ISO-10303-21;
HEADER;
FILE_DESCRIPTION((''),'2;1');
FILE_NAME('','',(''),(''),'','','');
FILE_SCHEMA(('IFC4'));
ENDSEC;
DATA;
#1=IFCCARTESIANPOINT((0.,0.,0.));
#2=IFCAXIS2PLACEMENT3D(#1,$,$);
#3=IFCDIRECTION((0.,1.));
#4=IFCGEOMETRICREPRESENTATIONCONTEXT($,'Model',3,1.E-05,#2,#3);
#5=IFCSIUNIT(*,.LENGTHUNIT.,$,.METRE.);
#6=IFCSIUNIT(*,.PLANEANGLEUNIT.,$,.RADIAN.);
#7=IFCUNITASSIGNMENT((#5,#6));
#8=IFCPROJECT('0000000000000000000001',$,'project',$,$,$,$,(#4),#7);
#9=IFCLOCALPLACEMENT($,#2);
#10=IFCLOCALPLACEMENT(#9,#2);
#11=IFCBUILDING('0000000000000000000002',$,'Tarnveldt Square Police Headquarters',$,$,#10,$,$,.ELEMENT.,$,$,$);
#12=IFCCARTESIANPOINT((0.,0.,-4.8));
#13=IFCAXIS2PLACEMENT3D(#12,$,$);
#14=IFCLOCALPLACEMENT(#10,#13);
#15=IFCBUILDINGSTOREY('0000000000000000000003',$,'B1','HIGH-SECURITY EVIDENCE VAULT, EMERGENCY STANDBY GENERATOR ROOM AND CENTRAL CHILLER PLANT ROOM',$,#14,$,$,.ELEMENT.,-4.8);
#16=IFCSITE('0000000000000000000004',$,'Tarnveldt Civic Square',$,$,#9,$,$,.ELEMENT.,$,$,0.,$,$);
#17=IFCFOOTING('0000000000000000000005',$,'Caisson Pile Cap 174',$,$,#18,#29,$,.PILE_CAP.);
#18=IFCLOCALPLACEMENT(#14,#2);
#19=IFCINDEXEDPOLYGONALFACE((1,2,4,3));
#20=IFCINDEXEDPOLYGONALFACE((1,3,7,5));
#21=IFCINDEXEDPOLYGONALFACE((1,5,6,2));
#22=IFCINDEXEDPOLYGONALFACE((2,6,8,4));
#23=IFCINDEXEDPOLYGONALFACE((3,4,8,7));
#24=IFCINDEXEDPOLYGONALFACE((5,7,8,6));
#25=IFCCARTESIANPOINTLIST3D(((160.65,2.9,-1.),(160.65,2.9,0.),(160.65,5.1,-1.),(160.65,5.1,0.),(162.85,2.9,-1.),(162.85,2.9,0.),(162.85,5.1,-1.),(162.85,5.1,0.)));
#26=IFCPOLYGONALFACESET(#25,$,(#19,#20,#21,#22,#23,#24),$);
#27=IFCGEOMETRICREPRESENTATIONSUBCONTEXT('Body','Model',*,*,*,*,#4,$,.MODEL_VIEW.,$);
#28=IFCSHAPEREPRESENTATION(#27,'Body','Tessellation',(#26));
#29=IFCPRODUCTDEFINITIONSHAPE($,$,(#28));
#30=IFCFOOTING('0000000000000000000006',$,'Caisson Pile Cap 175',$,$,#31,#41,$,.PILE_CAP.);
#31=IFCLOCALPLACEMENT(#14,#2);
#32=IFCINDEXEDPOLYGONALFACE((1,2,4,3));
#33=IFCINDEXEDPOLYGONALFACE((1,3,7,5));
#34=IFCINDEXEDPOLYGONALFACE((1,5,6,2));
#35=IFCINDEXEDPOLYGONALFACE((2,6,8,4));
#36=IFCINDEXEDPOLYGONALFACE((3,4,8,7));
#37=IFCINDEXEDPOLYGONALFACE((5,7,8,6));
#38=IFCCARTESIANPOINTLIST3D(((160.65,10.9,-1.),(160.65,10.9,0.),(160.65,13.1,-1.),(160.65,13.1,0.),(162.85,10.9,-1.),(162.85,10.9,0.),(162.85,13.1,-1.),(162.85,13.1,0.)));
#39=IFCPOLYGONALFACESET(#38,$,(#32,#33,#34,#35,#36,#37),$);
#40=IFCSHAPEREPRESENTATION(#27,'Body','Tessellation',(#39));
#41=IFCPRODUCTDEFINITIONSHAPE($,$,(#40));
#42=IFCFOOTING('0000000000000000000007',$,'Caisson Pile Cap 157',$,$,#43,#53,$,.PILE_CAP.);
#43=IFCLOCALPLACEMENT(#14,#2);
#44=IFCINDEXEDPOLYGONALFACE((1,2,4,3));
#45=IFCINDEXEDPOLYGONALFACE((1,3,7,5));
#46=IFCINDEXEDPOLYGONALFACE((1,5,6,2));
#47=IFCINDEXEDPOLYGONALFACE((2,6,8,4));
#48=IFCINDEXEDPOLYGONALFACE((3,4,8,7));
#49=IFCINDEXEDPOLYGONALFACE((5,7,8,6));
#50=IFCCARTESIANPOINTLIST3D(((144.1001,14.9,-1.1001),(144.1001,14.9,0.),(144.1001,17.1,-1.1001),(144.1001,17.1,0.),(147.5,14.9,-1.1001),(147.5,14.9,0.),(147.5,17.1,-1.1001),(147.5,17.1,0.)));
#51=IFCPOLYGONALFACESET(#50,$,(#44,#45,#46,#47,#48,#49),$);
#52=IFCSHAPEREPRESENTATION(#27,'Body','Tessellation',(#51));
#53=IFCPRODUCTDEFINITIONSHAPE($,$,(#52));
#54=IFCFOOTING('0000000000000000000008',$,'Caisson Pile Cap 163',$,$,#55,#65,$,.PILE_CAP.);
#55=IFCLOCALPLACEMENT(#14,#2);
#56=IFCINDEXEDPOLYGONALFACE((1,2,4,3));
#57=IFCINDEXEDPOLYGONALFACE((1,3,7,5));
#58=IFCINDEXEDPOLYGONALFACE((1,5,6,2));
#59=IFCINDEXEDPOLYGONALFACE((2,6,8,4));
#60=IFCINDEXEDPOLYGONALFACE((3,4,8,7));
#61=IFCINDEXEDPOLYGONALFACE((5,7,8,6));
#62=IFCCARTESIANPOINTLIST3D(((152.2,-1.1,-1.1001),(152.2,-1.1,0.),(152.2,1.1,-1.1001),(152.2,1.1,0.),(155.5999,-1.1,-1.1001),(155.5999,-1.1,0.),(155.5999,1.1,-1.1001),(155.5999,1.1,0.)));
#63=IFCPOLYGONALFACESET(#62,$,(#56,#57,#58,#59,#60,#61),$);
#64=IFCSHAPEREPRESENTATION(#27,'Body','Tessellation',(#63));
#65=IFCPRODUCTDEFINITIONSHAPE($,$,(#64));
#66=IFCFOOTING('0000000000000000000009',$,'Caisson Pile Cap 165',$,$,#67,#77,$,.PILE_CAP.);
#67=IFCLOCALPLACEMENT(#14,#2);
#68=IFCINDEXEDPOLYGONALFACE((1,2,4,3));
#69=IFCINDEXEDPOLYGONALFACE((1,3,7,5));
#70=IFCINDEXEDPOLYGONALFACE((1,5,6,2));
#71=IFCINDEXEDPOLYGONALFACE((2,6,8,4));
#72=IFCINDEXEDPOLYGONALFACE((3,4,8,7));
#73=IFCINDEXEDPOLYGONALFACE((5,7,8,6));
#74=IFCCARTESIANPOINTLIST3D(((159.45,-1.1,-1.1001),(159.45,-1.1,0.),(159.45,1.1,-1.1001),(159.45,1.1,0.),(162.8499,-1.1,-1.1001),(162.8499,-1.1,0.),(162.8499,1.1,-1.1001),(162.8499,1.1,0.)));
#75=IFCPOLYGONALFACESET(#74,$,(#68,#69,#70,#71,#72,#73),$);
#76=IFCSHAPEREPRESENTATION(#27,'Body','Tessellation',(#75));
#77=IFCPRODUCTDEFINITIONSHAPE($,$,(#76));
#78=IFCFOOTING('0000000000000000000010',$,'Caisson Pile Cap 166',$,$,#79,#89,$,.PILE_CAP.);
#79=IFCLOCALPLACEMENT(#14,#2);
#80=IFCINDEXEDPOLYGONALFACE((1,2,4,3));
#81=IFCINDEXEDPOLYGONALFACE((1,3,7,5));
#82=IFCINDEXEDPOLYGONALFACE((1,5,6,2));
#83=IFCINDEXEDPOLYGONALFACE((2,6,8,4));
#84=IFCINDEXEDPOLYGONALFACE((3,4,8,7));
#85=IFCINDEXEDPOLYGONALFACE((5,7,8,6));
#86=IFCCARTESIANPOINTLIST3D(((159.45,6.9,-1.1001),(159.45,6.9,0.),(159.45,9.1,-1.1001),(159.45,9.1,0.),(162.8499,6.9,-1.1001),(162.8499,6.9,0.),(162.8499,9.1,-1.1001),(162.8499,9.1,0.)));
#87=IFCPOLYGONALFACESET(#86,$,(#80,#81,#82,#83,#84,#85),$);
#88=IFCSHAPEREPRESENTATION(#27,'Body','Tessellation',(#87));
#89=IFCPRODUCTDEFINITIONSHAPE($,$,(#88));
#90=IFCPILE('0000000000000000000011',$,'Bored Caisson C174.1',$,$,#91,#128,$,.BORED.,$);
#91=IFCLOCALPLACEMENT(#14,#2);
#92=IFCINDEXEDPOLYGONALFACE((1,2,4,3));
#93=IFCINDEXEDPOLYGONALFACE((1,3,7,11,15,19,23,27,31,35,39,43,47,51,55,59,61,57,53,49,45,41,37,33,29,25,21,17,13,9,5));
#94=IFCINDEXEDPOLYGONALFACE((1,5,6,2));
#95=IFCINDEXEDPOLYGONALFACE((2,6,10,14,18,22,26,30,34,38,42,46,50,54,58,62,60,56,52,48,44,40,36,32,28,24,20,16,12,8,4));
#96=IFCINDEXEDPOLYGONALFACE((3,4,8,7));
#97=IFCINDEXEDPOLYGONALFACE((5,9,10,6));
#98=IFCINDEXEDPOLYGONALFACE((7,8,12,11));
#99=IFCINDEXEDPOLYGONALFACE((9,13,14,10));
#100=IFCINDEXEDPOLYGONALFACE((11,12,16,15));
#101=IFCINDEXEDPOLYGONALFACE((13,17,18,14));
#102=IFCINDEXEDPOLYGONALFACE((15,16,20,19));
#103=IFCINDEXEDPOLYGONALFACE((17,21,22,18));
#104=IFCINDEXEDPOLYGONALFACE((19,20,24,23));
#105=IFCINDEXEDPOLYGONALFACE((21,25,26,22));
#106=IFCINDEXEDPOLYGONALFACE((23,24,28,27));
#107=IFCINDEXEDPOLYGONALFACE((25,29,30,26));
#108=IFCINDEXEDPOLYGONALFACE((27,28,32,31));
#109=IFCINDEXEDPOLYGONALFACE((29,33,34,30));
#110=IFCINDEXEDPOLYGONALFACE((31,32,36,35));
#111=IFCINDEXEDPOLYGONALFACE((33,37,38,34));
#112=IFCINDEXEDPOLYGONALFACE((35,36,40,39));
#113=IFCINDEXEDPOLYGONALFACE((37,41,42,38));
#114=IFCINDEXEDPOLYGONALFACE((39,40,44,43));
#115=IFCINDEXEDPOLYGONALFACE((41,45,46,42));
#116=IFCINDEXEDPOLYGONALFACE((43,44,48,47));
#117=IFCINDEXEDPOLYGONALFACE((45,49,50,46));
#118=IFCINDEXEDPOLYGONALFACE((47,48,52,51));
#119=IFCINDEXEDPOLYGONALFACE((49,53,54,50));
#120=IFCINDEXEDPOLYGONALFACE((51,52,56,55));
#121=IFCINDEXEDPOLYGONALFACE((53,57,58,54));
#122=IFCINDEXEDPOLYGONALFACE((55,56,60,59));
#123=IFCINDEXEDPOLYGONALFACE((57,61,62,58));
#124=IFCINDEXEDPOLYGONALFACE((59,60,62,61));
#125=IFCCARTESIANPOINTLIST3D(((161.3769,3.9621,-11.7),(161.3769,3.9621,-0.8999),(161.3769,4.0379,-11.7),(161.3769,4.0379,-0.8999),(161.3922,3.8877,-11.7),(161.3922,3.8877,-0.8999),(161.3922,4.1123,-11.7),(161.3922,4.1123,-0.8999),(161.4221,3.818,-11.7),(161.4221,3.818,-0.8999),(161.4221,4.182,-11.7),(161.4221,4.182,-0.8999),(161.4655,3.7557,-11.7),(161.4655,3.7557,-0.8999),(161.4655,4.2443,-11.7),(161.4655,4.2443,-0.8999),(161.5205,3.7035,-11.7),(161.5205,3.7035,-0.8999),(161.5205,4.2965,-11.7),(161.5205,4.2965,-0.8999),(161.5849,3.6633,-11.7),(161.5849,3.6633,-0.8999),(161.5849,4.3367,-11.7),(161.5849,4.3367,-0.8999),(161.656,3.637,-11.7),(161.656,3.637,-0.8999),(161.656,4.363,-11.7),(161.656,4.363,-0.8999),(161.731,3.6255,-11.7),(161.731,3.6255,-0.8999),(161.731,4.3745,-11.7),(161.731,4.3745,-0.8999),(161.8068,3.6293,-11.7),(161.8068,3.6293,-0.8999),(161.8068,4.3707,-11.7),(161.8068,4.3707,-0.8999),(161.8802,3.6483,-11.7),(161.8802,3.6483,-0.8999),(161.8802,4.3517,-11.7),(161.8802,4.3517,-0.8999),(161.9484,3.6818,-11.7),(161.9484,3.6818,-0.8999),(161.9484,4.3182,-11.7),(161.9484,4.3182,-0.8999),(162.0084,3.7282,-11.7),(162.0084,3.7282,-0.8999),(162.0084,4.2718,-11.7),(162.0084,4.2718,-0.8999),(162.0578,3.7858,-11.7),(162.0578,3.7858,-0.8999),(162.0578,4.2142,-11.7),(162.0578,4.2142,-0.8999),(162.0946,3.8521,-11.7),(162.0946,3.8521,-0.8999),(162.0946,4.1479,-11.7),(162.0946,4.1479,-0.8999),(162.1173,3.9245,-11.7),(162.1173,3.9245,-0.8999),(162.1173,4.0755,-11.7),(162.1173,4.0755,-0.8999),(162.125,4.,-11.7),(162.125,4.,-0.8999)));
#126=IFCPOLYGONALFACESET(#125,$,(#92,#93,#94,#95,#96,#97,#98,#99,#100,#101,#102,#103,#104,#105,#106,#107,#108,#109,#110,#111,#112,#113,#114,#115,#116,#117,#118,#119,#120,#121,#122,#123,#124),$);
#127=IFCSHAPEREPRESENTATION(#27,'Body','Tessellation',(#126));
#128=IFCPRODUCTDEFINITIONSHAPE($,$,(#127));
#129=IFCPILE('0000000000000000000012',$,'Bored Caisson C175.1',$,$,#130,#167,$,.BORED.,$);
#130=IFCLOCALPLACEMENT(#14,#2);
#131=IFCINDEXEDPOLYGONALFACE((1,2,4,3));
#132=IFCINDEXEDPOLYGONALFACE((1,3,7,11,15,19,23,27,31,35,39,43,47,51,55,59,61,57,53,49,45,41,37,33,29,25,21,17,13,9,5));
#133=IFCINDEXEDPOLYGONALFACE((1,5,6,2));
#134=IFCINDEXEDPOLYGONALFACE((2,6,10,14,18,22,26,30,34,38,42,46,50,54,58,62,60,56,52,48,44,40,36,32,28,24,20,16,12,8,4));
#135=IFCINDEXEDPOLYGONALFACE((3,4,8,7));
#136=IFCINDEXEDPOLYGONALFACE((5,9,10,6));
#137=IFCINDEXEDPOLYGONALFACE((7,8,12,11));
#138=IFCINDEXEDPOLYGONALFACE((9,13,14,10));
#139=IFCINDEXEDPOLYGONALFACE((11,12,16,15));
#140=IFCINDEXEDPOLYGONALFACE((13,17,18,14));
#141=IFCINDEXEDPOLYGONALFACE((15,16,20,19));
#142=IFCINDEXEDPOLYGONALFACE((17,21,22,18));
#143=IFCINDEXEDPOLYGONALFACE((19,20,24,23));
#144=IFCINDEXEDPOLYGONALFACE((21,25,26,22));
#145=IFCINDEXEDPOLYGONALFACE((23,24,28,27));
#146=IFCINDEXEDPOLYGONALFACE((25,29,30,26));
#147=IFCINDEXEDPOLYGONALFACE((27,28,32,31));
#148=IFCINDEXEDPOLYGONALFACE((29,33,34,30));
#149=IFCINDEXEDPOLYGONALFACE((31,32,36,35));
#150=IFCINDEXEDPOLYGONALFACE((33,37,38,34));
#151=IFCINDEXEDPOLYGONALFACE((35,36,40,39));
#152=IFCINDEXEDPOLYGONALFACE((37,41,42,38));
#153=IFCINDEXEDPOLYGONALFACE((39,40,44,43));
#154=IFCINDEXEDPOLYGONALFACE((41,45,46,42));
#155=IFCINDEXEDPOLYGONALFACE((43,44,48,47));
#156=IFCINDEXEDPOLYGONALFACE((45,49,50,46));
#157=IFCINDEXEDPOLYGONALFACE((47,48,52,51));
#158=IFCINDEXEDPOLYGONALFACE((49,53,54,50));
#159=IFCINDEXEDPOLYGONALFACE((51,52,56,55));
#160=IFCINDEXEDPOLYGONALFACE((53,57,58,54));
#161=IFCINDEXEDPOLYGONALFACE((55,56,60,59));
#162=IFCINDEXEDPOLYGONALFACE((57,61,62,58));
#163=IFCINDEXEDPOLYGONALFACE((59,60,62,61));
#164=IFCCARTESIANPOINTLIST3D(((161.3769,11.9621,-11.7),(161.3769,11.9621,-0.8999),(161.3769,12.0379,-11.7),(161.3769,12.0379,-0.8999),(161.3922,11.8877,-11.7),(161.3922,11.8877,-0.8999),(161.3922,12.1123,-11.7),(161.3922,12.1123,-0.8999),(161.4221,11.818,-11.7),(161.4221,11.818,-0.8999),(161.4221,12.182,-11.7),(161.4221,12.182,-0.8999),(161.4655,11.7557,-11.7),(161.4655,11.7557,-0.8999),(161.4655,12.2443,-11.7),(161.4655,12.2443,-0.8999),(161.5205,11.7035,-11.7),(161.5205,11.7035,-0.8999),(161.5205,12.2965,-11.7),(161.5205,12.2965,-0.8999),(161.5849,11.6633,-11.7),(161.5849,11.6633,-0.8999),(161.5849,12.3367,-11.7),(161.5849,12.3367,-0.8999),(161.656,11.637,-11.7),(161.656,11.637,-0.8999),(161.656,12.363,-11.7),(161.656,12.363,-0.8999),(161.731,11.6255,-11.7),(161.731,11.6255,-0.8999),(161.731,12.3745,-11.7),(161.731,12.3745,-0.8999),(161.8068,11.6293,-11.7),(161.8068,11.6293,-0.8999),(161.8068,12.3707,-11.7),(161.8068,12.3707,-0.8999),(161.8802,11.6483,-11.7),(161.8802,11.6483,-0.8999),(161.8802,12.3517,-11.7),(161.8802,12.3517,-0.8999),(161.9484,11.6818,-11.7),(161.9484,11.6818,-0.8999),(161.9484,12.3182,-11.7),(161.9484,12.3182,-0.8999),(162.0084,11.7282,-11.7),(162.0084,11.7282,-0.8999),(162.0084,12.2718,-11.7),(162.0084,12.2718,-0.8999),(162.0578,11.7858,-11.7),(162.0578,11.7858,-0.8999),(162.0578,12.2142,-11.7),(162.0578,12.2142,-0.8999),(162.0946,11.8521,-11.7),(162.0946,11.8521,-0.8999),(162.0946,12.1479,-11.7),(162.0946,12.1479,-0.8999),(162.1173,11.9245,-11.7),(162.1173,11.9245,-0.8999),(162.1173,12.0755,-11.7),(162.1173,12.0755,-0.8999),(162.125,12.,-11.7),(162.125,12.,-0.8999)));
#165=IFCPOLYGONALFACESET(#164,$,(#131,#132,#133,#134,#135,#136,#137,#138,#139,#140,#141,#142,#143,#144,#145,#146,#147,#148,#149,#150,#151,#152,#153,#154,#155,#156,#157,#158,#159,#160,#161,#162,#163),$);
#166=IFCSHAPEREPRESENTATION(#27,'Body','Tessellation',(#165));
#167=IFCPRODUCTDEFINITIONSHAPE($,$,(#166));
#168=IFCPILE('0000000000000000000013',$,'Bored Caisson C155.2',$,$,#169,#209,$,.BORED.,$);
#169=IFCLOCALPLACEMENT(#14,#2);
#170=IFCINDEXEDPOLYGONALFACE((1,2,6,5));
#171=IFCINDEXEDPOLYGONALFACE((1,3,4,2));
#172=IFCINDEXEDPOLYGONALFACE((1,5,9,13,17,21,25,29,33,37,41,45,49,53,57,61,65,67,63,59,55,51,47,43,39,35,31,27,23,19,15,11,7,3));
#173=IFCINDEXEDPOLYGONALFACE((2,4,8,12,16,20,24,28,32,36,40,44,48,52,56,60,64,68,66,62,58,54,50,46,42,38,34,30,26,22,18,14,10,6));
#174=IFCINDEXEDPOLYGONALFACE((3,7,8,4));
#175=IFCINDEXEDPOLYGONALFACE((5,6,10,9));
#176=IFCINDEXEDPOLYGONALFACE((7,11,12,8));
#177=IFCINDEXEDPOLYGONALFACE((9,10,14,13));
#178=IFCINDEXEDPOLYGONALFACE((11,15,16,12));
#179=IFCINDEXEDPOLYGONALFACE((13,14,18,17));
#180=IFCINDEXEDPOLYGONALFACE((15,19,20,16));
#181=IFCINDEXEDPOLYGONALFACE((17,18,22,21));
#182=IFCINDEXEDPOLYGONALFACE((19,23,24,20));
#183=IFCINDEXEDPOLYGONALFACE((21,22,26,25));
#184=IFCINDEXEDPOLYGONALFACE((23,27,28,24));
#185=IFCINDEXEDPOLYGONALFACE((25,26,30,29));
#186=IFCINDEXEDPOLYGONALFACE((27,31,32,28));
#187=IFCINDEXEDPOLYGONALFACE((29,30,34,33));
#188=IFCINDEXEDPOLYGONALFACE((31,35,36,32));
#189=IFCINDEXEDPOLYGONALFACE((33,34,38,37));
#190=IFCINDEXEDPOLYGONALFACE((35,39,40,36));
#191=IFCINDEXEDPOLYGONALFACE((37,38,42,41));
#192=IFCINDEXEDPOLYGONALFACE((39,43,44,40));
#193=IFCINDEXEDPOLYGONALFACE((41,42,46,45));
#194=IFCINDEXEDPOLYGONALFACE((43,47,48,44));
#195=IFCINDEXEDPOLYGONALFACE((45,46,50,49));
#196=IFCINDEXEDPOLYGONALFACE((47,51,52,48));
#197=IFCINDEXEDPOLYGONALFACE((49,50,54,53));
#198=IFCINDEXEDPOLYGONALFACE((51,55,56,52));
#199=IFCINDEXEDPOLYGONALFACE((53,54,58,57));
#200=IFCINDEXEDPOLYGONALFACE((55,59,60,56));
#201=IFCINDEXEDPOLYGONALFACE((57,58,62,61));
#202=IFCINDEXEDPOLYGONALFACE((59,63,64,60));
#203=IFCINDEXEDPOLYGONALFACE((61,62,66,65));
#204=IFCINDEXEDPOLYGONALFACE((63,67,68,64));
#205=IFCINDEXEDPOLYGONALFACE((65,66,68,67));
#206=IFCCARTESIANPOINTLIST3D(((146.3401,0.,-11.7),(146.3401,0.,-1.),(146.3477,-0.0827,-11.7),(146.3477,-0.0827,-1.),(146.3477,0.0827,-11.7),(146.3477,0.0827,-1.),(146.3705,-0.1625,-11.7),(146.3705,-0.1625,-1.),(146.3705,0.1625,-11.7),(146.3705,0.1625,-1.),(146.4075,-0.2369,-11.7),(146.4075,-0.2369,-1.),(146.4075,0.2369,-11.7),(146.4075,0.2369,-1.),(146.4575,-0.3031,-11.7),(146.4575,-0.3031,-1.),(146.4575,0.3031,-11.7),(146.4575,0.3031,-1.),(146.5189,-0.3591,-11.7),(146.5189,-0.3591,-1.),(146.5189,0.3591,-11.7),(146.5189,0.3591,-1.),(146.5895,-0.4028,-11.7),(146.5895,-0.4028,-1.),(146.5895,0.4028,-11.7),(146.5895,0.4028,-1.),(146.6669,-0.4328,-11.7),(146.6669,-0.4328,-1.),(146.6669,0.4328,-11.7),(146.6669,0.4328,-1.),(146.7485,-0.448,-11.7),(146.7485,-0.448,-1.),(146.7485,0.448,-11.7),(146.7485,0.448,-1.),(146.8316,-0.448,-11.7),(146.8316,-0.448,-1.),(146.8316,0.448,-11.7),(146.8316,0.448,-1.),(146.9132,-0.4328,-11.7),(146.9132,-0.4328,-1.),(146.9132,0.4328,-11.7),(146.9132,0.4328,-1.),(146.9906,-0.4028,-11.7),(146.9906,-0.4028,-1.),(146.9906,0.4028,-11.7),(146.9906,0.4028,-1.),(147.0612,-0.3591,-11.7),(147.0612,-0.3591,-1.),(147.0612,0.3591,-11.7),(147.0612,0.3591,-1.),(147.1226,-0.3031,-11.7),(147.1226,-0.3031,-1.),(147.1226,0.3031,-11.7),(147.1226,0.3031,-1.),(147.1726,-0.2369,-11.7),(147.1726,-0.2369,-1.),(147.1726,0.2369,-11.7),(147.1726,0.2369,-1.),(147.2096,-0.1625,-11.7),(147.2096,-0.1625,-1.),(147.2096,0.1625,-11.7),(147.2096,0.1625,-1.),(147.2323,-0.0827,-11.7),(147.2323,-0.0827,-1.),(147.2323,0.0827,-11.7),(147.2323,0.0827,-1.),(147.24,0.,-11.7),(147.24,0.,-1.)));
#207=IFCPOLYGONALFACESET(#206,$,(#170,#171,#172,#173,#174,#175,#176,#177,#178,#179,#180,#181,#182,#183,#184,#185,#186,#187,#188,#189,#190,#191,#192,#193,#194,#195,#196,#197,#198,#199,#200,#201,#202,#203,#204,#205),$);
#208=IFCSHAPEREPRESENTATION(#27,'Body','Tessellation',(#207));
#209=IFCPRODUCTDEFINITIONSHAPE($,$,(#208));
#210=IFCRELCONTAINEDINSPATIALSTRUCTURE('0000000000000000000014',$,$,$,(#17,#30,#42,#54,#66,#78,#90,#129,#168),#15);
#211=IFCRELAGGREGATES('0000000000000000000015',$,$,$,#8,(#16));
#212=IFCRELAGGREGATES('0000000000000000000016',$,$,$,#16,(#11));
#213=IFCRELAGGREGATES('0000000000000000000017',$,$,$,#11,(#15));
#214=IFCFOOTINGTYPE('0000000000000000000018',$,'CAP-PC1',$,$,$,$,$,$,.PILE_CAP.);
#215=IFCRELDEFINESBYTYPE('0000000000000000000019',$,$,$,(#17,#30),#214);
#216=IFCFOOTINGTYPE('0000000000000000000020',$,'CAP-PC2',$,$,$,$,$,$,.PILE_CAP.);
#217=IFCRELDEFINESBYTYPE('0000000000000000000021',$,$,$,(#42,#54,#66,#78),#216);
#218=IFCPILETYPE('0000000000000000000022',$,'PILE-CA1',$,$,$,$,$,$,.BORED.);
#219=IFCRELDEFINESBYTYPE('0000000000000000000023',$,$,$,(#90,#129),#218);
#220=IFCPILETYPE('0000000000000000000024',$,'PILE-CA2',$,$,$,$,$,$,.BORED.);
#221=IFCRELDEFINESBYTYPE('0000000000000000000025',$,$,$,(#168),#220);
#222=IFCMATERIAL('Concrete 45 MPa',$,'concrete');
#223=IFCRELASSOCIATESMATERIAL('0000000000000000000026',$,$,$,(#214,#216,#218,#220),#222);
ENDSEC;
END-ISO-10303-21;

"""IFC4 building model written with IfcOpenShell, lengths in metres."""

from ifc_helpers import new_model, si_unit, direction, frame, origin, origin_2d, place, context, subcontext, project, spatial, rectangle, circle, extrude, material, material_profile, profile_set, type_object, element, save


model = new_model("IFC4")

# Units and contexts
model_context = context("Model", 3, precision=1e-05, world=origin(), true_north=direction((0.0, 1.0)))
body_context = subcontext(model_context, "Body", "Model", "MODEL_VIEW")
ifc_project = project(units=[si_unit("LENGTHUNIT", "METRE"), si_unit("PLANEANGLEUNIT", "RADIAN")], contexts=[model_context])

# Site, building, storey
site_placement = place(None, origin())
site = spatial("IfcSite", under=ifc_project, at=site_placement, Name="Tarnveldt Civic Square", CompositionType="ELEMENT", RefElevation=0.0)
building_placement = place(site_placement, origin())
building = spatial("IfcBuilding", under=site, at=building_placement, Name="Tarnveldt Square Police Headquarters", CompositionType="ELEMENT")
storey_placement = place(building_placement, frame((0.0, 0.0, -4.8)))
storey = spatial("IfcBuildingStorey", under=building, at=storey_placement, Name="B1", Description="HIGH-SECURITY EVIDENCE VAULT, EMERGENCY STANDBY GENERATOR ROOM AND CENTRAL CHILLER PLANT ROOM", CompositionType="ELEMENT", Elevation=-4.8)

# Footings
ifc_material_1 = material(Name="Concrete 45 MPa", Category="concrete")
footing_type_1 = type_object("IfcFootingType", Name="CAP-PC1", PredefinedType="PILE_CAP", material=ifc_material_1)
for number, where, z_axis, x_axis, name in (
    (1, (161.75, 4.0, -1.0), (0.0, 0.0, 1.0), (1.0, 0.0, 0.0), "Caisson Pile Cap 174"),
    (2, (161.75, 12.0, -1.0), (0.0, 0.0, 1.0), (1.0, 0.0, 0.0), "Caisson Pile Cap 175"),
):
    element("IfcFooting", number, at=place(storey_placement, frame(where, z_axis=z_axis, x_axis=x_axis)), inside=storey, type_object=footing_type_1, Name=name, PredefinedType="PILE_CAP", context=body_context, shape_type="SweptSolid", body=[
        extrude(rectangle(XDim=2.2, YDim=2.2, at=origin_2d()), origin(), (0.0, 0.0, 1.0), 1.0),
    ])
footing_type_2 = type_object("IfcFootingType", Name="CAP-PC2", PredefinedType="PILE_CAP", material=ifc_material_1)
for number, where, z_axis, x_axis, name in (
    (3, (145.8, 16.0, -1.1001), (0.0, 0.0, 1.0), (1.0, 0.0, 0.0), "Caisson Pile Cap 157"),
    (4, (153.8999, 0.0, -1.1001), (0.0, 0.0, 1.0), (1.0, 0.0, 0.0), "Caisson Pile Cap 163"),
    (5, (161.1499, 0.0, -1.1001), (0.0, 0.0, 1.0), (1.0, 0.0, 0.0), "Caisson Pile Cap 165"),
    (6, (161.1499, 8.0, -1.1001), (0.0, 0.0, 1.0), (1.0, 0.0, 0.0), "Caisson Pile Cap 166"),
):
    element("IfcFooting", number, at=place(storey_placement, frame(where, z_axis=z_axis, x_axis=x_axis)), inside=storey, type_object=footing_type_2, Name=name, PredefinedType="PILE_CAP", context=body_context, shape_type="SweptSolid", body=[
        extrude(rectangle(XDim=3.3999, YDim=2.2, at=origin_2d()), origin(), (0.0, 0.0, 1.0), 1.1001),
    ])

# Piles
ifc_material_profile_1 = material_profile(ifc_material_1, circle(Radius=0.375, at=origin_2d()), Name="CAISSON-D750")
ifc_profile_set_1 = profile_set([ifc_material_profile_1], Name="Concrete 45 MPa")
pile_type_1 = type_object("IfcPileType", Name="PILE-CA1", PredefinedType="BORED", material=ifc_profile_set_1)
for number, where, z_axis, x_axis, name in (
    (7, (161.75, 4.0, -0.8999), (0.0, 0.0, -1.0), (1.0, 0.0, 0.0), "Bored Caisson C174.1"),
    (8, (161.75, 12.0, -0.8999), (0.0, 0.0, -1.0), (1.0, 0.0, 0.0), "Bored Caisson C175.1"),
):
    element("IfcPile", number, at=place(storey_placement, frame(where, z_axis=z_axis, x_axis=x_axis)), inside=storey, type_object=pile_type_1, Name=name, PredefinedType="BORED", context=body_context, shape_type="SweptSolid", body=[
        extrude(circle(Radius=0.375, at=origin_2d()), origin(), (0.0, 0.0, 1.0), 10.8),
    ])
ifc_material_profile_2 = material_profile(ifc_material_1, circle(Radius=0.45, at=origin_2d()), Name="CAISSON-D900")
ifc_profile_set_2 = profile_set([ifc_material_profile_2], Name="Concrete 45 MPa")
pile_type_2 = type_object("IfcPileType", Name="PILE-CA2", PredefinedType="BORED", material=ifc_profile_set_2)
for number, where, z_axis, x_axis, name in (
    (9, (146.79, 0.0, -1.0), (0.0, 0.0, -1.0), (1.0, 0.0, 0.0), "Bored Caisson C155.2"),
):
    element("IfcPile", number, at=place(storey_placement, frame(where, z_axis=z_axis, x_axis=x_axis)), inside=storey, type_object=pile_type_2, Name=name, PredefinedType="BORED", context=body_context, shape_type="SweptSolid", body=[
        extrude(circle(Radius=0.45, at=origin_2d()), origin(), (0.0, 0.0, 1.0), 10.7),
    ])

save(model, "model.ifc")
